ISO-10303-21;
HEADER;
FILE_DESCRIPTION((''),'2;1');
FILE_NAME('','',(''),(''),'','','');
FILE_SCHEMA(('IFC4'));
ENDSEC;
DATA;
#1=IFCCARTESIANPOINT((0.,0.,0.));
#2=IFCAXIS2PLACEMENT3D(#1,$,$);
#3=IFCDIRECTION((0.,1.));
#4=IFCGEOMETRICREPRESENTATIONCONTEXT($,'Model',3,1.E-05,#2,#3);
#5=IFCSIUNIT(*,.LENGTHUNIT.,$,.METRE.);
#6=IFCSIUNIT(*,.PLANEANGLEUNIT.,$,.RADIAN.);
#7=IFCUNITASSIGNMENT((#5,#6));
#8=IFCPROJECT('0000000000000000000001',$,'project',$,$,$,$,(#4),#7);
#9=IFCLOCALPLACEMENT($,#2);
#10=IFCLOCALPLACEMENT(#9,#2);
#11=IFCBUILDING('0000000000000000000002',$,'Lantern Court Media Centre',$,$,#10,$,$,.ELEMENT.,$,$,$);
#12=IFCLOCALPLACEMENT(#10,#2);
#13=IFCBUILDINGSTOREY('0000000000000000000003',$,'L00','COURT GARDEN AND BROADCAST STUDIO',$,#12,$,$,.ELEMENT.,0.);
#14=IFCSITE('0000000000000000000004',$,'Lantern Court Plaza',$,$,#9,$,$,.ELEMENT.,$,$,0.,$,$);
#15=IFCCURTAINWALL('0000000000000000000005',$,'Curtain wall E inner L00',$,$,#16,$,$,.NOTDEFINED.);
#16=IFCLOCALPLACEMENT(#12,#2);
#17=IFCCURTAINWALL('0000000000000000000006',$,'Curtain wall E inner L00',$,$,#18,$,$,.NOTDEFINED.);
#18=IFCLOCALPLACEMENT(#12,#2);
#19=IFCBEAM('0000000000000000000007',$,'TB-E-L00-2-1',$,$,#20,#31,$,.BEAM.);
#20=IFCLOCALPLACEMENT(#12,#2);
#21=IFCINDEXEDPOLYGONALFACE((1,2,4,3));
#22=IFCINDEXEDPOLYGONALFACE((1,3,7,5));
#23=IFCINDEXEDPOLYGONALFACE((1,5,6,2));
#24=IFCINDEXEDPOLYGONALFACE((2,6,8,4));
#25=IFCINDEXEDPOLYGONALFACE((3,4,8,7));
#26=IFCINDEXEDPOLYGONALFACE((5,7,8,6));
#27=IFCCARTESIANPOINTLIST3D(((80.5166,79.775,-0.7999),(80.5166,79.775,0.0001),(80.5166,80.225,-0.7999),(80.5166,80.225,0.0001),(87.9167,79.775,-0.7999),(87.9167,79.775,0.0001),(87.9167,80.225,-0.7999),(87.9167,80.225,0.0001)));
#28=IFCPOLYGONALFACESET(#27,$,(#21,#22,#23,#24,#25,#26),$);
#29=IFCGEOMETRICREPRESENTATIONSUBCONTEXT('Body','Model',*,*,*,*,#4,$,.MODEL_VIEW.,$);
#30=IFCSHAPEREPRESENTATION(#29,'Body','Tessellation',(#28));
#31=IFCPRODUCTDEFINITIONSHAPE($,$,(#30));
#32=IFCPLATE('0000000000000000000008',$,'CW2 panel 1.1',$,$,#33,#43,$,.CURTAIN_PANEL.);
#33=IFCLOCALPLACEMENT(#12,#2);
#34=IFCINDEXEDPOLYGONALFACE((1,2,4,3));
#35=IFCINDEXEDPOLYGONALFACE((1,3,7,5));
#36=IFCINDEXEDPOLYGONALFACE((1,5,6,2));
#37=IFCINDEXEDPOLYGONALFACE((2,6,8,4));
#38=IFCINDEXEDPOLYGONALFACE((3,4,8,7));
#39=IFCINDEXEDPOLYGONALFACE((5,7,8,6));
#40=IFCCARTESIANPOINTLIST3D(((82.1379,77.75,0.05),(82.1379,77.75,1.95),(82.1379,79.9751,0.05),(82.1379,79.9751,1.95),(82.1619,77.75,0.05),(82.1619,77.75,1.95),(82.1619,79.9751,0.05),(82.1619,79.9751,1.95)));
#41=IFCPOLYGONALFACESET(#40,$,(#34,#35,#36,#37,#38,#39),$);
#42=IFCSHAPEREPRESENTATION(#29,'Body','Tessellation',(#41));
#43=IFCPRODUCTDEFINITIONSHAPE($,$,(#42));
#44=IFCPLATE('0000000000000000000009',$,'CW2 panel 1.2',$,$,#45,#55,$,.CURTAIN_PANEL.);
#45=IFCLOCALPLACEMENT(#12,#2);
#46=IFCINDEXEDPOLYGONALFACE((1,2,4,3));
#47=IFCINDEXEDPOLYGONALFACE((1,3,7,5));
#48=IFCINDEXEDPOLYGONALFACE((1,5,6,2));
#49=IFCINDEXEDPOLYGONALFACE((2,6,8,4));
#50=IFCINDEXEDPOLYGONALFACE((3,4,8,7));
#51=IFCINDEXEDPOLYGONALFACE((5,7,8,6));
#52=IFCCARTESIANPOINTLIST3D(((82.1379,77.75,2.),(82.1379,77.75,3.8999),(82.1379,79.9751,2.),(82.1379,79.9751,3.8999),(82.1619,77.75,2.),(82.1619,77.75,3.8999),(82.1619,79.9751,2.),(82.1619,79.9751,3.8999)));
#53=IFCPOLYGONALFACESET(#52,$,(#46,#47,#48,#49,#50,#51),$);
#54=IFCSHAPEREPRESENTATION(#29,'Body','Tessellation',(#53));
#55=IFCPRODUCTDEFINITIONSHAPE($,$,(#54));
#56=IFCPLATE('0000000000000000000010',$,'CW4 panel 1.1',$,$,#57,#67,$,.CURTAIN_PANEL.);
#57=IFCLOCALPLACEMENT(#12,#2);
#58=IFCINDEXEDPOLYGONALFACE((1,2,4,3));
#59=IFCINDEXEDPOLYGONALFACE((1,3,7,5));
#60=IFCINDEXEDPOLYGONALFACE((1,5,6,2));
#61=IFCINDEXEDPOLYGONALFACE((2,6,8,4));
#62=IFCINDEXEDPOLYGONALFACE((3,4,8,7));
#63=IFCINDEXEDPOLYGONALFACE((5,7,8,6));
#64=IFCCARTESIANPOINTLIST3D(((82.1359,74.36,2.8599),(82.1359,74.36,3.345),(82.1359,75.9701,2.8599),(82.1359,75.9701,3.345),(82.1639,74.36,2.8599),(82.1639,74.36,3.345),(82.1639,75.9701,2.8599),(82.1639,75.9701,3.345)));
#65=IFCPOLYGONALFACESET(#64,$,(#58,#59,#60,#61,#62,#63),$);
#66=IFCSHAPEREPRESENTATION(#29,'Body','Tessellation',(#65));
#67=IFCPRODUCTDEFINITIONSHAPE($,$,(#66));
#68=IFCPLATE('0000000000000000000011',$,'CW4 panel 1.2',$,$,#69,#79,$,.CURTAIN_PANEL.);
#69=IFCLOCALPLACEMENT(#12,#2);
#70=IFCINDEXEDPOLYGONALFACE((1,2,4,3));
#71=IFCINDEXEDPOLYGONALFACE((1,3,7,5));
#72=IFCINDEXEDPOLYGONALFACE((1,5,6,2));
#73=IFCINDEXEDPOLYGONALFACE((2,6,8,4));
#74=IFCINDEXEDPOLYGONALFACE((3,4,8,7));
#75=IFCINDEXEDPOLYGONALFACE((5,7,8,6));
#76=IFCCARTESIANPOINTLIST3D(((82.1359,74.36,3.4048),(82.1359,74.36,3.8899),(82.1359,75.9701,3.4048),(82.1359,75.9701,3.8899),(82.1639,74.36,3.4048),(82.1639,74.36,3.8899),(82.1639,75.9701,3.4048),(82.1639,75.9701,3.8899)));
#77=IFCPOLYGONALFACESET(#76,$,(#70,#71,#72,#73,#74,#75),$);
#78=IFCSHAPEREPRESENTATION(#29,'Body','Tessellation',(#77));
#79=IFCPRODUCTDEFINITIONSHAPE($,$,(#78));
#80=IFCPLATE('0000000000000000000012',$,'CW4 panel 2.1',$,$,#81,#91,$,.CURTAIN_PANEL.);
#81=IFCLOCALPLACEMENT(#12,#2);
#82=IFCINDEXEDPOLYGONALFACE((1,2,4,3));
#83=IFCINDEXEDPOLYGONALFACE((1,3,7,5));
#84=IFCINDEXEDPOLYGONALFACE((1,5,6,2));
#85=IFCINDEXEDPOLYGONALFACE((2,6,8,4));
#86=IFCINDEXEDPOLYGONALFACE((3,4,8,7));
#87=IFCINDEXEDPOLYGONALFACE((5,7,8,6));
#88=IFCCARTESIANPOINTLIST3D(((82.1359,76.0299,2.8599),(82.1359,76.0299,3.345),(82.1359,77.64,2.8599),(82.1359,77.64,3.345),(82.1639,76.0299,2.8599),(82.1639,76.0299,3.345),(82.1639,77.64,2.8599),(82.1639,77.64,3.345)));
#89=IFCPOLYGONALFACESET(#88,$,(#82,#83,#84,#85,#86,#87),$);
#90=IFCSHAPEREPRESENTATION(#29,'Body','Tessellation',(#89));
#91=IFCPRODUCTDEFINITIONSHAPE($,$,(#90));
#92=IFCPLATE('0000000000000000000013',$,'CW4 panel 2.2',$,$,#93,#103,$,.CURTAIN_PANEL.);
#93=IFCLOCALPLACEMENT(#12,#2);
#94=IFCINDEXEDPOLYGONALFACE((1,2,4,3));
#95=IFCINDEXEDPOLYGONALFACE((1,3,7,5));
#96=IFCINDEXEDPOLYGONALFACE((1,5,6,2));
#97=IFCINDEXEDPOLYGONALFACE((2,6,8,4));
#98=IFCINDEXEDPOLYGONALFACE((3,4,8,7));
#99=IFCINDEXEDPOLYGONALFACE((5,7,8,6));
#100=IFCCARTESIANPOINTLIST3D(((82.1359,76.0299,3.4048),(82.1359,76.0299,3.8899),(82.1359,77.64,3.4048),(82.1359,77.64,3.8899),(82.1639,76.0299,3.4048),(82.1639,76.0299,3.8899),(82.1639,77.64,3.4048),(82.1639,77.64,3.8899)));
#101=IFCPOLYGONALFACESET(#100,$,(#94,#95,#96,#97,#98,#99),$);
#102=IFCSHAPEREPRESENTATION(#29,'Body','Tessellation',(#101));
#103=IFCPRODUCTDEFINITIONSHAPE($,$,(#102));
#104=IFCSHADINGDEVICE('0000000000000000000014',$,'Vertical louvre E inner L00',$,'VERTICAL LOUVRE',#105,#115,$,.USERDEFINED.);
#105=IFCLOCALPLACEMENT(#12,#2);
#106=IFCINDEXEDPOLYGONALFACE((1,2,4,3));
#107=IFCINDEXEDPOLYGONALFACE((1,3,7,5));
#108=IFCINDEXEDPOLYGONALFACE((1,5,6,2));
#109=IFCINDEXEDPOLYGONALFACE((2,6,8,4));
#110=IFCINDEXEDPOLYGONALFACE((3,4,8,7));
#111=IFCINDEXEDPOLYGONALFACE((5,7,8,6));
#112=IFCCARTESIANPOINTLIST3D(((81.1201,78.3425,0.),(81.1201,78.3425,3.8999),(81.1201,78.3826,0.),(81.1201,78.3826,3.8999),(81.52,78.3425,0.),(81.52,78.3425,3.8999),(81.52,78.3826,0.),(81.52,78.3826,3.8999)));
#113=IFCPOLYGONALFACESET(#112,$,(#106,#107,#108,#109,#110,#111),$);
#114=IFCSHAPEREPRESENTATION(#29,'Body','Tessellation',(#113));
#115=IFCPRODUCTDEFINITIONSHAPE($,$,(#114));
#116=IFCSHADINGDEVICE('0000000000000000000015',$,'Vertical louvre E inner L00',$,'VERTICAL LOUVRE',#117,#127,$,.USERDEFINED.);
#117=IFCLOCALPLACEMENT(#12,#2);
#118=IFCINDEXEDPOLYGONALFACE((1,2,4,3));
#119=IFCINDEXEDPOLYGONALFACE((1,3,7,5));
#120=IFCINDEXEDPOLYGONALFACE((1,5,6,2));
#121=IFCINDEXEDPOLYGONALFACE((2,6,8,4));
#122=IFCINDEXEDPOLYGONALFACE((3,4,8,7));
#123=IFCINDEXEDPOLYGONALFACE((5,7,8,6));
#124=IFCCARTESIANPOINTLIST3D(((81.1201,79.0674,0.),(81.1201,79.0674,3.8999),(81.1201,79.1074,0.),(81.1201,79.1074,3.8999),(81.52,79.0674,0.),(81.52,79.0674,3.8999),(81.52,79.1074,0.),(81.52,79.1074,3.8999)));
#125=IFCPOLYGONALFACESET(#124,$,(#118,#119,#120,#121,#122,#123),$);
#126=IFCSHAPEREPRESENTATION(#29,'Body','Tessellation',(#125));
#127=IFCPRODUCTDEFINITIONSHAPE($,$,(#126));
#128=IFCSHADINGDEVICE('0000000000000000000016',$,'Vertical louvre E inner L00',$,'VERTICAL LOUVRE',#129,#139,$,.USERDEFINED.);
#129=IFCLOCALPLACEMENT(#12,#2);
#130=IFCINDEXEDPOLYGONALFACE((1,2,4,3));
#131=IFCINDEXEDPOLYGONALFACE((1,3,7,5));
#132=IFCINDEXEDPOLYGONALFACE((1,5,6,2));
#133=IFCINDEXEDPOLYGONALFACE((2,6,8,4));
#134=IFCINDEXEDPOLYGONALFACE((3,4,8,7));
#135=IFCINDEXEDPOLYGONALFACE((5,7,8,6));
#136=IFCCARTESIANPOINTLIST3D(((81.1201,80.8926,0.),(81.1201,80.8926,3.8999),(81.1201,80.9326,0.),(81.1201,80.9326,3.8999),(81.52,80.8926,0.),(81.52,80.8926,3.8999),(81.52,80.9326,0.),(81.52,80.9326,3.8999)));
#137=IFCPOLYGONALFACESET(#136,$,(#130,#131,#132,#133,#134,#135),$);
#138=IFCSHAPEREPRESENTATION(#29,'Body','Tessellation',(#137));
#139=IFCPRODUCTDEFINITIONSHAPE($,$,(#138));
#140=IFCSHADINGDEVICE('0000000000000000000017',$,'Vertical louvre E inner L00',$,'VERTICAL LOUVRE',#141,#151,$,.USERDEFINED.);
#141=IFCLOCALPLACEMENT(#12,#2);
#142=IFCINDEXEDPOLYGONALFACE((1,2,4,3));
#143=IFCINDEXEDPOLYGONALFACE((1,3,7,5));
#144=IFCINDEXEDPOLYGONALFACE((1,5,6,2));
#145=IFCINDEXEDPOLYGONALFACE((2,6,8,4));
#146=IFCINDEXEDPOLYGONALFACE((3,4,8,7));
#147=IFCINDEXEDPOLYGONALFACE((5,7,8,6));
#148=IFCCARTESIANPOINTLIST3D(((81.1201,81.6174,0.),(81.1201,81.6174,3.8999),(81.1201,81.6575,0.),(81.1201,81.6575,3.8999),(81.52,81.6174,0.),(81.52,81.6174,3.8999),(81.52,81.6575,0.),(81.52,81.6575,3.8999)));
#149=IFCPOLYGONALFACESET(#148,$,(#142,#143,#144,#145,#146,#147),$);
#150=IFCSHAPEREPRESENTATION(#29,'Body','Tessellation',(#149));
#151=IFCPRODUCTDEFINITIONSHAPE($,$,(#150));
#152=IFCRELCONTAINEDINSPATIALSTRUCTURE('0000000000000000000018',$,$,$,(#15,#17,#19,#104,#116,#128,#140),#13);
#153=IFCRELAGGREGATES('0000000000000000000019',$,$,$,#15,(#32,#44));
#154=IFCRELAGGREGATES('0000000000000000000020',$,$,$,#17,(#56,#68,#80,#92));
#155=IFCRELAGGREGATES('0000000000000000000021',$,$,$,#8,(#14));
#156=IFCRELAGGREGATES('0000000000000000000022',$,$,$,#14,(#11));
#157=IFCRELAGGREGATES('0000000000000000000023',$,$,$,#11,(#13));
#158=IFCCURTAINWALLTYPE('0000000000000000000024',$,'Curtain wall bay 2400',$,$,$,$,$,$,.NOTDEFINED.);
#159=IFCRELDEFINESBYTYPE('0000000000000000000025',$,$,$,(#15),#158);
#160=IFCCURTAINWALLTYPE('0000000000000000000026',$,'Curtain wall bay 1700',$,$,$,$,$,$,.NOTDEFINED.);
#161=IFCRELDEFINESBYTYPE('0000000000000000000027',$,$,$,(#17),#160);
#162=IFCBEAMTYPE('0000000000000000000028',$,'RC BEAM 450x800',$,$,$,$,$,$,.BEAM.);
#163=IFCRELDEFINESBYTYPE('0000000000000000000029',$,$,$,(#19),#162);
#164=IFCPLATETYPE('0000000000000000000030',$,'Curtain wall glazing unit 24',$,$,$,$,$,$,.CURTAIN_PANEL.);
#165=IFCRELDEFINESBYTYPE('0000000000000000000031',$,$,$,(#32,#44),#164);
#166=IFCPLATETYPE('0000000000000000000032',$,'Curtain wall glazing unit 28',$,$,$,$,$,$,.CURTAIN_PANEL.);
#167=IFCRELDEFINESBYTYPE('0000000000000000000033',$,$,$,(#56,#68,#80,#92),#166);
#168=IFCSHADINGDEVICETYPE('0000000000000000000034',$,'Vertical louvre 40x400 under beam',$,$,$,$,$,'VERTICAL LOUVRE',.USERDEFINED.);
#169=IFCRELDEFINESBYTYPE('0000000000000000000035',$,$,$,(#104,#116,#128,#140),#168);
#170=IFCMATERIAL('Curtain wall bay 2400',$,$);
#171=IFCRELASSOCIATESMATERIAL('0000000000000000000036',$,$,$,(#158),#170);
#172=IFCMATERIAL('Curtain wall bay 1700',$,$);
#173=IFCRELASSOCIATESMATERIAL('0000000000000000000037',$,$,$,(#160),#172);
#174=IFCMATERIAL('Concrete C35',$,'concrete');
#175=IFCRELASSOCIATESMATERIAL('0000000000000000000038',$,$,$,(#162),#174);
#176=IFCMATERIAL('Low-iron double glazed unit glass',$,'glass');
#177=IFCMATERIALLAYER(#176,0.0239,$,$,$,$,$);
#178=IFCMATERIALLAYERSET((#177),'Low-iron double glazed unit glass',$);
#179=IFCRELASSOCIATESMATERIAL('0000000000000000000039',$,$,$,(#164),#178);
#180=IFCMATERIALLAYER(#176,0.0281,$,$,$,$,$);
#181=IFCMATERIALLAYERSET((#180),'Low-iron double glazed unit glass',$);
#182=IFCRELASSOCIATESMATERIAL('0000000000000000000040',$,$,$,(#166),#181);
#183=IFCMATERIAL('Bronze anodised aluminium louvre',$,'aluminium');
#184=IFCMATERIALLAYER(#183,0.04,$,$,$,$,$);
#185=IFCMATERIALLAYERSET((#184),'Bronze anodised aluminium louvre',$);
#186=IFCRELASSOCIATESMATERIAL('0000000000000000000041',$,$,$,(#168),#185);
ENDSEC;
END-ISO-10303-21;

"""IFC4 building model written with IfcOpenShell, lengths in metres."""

from ifc_helpers import new_model, si_unit, direction, frame, origin, origin_2d, place, context, subcontext, project, spatial, rectangle, extrude, material, layer, layer_set, material_profile, profile_set, type_object, element, aggregate, save


model = new_model("IFC4")

# Units and contexts
model_context = context("Model", 3, precision=1e-05, world=origin(), true_north=direction((0.0, 1.0)))
body_context = subcontext(model_context, "Body", "Model", "MODEL_VIEW")
ifc_project = project(units=[si_unit("LENGTHUNIT", "METRE"), si_unit("PLANEANGLEUNIT", "RADIAN")], contexts=[model_context])

# Site, building, storey
site_placement = place(None, origin())
site = spatial("IfcSite", under=ifc_project, at=site_placement, Name="Lantern Court Plaza", CompositionType="ELEMENT", RefElevation=0.0)
building_placement = place(site_placement, origin())
building = spatial("IfcBuilding", under=site, at=building_placement, Name="Lantern Court Media Centre", CompositionType="ELEMENT")
storey_placement = place(building_placement, origin())
storey = spatial("IfcBuildingStorey", under=building, at=storey_placement, Name="L00", Description="COURT GARDEN AND BROADCAST STUDIO", CompositionType="ELEMENT", Elevation=0.0)

# Shared definitions
ifc_material_1 = material(Name="Concrete C35", Category="concrete")

# Curtain walls
ifc_material_2 = material(Name="Curtain wall bay 2400")
curtain_wall_type_1 = type_object("IfcCurtainWallType", Name="Curtain wall bay 2400", PredefinedType="NOTDEFINED", material=ifc_material_2)
curtain_wall_1_placement = place(storey_placement, origin())
curtain_wall_1 = element("IfcCurtainWall", 1, at=curtain_wall_1_placement, inside=storey, type_object=curtain_wall_type_1, Name="Curtain wall E inner L00", PredefinedType="NOTDEFINED")
ifc_material_3 = material(Name="Curtain wall bay 1700")
curtain_wall_type_2 = type_object("IfcCurtainWallType", Name="Curtain wall bay 1700", PredefinedType="NOTDEFINED", material=ifc_material_3)
curtain_wall_2_placement = place(storey_placement, origin())
curtain_wall_2 = element("IfcCurtainWall", 2, at=curtain_wall_2_placement, inside=storey, type_object=curtain_wall_type_2, Name="Curtain wall E inner L00", PredefinedType="NOTDEFINED")

# Beam
ifc_material_profile_1 = material_profile(ifc_material_1, rectangle(XDim=0.45, YDim=0.8, at=origin_2d()), Name="RC 450x800")
ifc_profile_set_1 = profile_set([ifc_material_profile_1], Name="Concrete C35")
beam_type_1 = type_object("IfcBeamType", Name="RC BEAM 450x800", PredefinedType="BEAM", material=ifc_profile_set_1)
beam_1_placement = place(storey_placement, frame((80.5166, 80.0, -0.3999), z_axis=(1.0, 0.0, 0.0), x_axis=(0.0, 1.0, 0.0)))
element("IfcBeam", 3, at=beam_1_placement, inside=storey, type_object=beam_type_1, Name="TB-E-L00-2-1", PredefinedType="BEAM", context=body_context, shape_type="SweptSolid", body=[
    extrude(rectangle(XDim=0.45, YDim=0.8, at=origin_2d()), origin(), (0.0, 0.0, 1.0), 7.4001),
])

# Plates
ifc_material_4 = material(Name="Low-iron double glazed unit glass", Category="glass")
ifc_layer_1 = layer(ifc_material_4, 0.0239)
ifc_layer_set_1 = layer_set([ifc_layer_1], Name="Low-iron double glazed unit glass")
plate_type_1 = type_object("IfcPlateType", Name="Curtain wall glazing unit 24", PredefinedType="CURTAIN_PANEL", material=ifc_layer_set_1)
plate_1_placement = place(storey_placement, frame((82.1499, 78.8625, 0.05), z_axis=(0.0, 0.0, 1.0), x_axis=(0.0, 1.0, 0.0)))
plate_1 = element("IfcPlate", 4, at=plate_1_placement, type_object=plate_type_1, Name="CW2 panel 1.1", PredefinedType="CURTAIN_PANEL", context=body_context, shape_type="SweptSolid", body=[
    extrude(rectangle(XDim=2.2251, YDim=0.0239, at=origin_2d()), origin(), (0.0, 0.0, 1.0), 1.8999),
])
plate_2_placement = place(storey_placement, frame((82.1499, 78.8625, 2.0), z_axis=(0.0, 0.0, 1.0), x_axis=(0.0, 1.0, 0.0)))
plate_2 = element("IfcPlate", 5, at=plate_2_placement, type_object=plate_type_1, Name="CW2 panel 1.2", PredefinedType="CURTAIN_PANEL", context=body_context, shape_type="SweptSolid", body=[
    extrude(rectangle(XDim=2.2251, YDim=0.0239, at=origin_2d()), origin(), (0.0, 0.0, 1.0), 1.8999),
])
aggregate(curtain_wall_1, [plate_1, plate_2])
ifc_layer_2 = layer(ifc_material_4, 0.0281)
ifc_layer_set_2 = layer_set([ifc_layer_2], Name="Low-iron double glazed unit glass")
plate_type_2 = type_object("IfcPlateType", Name="Curtain wall glazing unit 28", PredefinedType="CURTAIN_PANEL", material=ifc_layer_set_2)
plate_3_placement = place(storey_placement, frame((82.1499, 75.165, 2.8599), z_axis=(0.0, 0.0, 1.0), x_axis=(0.0, 1.0, 0.0)))
plate_3 = element("IfcPlate", 6, at=plate_3_placement, type_object=plate_type_2, Name="CW4 panel 1.1", PredefinedType="CURTAIN_PANEL", context=body_context, shape_type="SweptSolid", body=[
    extrude(rectangle(XDim=1.6101, YDim=0.0281, at=origin_2d()), origin(), (0.0, 0.0, 1.0), 0.4851),
])
plate_4_placement = place(storey_placement, frame((82.1499, 75.165, 3.4048), z_axis=(0.0, 0.0, 1.0), x_axis=(0.0, 1.0, 0.0)))
plate_4 = element("IfcPlate", 7, at=plate_4_placement, type_object=plate_type_2, Name="CW4 panel 1.2", PredefinedType="CURTAIN_PANEL", context=body_context, shape_type="SweptSolid", body=[
    extrude(rectangle(XDim=1.6101, YDim=0.0281, at=origin_2d()), origin(), (0.0, 0.0, 1.0), 0.4851),
])
plate_5_placement = place(storey_placement, frame((82.1499, 76.835, 2.8599), z_axis=(0.0, 0.0, 1.0), x_axis=(0.0, 1.0, 0.0)))
plate_5 = element("IfcPlate", 8, at=plate_5_placement, type_object=plate_type_2, Name="CW4 panel 2.1", PredefinedType="CURTAIN_PANEL", context=body_context, shape_type="SweptSolid", body=[
    extrude(rectangle(XDim=1.6101, YDim=0.0281, at=origin_2d()), origin(), (0.0, 0.0, 1.0), 0.4851),
])
plate_6_placement = place(storey_placement, frame((82.1499, 76.835, 3.4048), z_axis=(0.0, 0.0, 1.0), x_axis=(0.0, 1.0, 0.0)))
plate_6 = element("IfcPlate", 9, at=plate_6_placement, type_object=plate_type_2, Name="CW4 panel 2.2", PredefinedType="CURTAIN_PANEL", context=body_context, shape_type="SweptSolid", body=[
    extrude(rectangle(XDim=1.6101, YDim=0.0281, at=origin_2d()), origin(), (0.0, 0.0, 1.0), 0.4851),
])
aggregate(curtain_wall_2, [plate_3, plate_4, plate_5, plate_6])

# Shading devices
ifc_material_5 = material(Name="Bronze anodised aluminium louvre", Category="aluminium")
ifc_layer_3 = layer(ifc_material_5, 0.04)
ifc_layer_set_3 = layer_set([ifc_layer_3], Name="Bronze anodised aluminium louvre")
shading_device_type = type_object("IfcShadingDeviceType", Name="Vertical louvre 40x400 under beam", ElementType="VERTICAL LOUVRE", PredefinedType="USERDEFINED", material=ifc_layer_set_3)
for number, where, z_axis, x_axis, name in (
    (10, (81.3201, 78.3625, 0.0), (0.0, 0.0, 1.0), (1.0, 0.0, 0.0), "Vertical louvre E inner L00"),
    (11, (81.3201, 79.0874, 0.0), (0.0, 0.0, 1.0), (1.0, 0.0, 0.0), "Vertical louvre E inner L00"),
    (12, (81.3201, 80.9126, 0.0), (0.0, 0.0, 1.0), (1.0, 0.0, 0.0), "Vertical louvre E inner L00"),
    (13, (81.3201, 81.6375, 0.0), (0.0, 0.0, 1.0), (1.0, 0.0, 0.0), "Vertical louvre E inner L00"),
):
    element("IfcShadingDevice", number, at=place(storey_placement, frame(where, z_axis=z_axis, x_axis=x_axis)), inside=storey, type_object=shading_device_type, Name=name, ObjectType="VERTICAL LOUVRE", PredefinedType="USERDEFINED", context=body_context, shape_type="SweptSolid", body=[
        extrude(rectangle(XDim=0.3999, YDim=0.04, at=origin_2d()), origin(), (0.0, 0.0, 1.0), 3.8999),
    ])

save(model, "model.ifc")
